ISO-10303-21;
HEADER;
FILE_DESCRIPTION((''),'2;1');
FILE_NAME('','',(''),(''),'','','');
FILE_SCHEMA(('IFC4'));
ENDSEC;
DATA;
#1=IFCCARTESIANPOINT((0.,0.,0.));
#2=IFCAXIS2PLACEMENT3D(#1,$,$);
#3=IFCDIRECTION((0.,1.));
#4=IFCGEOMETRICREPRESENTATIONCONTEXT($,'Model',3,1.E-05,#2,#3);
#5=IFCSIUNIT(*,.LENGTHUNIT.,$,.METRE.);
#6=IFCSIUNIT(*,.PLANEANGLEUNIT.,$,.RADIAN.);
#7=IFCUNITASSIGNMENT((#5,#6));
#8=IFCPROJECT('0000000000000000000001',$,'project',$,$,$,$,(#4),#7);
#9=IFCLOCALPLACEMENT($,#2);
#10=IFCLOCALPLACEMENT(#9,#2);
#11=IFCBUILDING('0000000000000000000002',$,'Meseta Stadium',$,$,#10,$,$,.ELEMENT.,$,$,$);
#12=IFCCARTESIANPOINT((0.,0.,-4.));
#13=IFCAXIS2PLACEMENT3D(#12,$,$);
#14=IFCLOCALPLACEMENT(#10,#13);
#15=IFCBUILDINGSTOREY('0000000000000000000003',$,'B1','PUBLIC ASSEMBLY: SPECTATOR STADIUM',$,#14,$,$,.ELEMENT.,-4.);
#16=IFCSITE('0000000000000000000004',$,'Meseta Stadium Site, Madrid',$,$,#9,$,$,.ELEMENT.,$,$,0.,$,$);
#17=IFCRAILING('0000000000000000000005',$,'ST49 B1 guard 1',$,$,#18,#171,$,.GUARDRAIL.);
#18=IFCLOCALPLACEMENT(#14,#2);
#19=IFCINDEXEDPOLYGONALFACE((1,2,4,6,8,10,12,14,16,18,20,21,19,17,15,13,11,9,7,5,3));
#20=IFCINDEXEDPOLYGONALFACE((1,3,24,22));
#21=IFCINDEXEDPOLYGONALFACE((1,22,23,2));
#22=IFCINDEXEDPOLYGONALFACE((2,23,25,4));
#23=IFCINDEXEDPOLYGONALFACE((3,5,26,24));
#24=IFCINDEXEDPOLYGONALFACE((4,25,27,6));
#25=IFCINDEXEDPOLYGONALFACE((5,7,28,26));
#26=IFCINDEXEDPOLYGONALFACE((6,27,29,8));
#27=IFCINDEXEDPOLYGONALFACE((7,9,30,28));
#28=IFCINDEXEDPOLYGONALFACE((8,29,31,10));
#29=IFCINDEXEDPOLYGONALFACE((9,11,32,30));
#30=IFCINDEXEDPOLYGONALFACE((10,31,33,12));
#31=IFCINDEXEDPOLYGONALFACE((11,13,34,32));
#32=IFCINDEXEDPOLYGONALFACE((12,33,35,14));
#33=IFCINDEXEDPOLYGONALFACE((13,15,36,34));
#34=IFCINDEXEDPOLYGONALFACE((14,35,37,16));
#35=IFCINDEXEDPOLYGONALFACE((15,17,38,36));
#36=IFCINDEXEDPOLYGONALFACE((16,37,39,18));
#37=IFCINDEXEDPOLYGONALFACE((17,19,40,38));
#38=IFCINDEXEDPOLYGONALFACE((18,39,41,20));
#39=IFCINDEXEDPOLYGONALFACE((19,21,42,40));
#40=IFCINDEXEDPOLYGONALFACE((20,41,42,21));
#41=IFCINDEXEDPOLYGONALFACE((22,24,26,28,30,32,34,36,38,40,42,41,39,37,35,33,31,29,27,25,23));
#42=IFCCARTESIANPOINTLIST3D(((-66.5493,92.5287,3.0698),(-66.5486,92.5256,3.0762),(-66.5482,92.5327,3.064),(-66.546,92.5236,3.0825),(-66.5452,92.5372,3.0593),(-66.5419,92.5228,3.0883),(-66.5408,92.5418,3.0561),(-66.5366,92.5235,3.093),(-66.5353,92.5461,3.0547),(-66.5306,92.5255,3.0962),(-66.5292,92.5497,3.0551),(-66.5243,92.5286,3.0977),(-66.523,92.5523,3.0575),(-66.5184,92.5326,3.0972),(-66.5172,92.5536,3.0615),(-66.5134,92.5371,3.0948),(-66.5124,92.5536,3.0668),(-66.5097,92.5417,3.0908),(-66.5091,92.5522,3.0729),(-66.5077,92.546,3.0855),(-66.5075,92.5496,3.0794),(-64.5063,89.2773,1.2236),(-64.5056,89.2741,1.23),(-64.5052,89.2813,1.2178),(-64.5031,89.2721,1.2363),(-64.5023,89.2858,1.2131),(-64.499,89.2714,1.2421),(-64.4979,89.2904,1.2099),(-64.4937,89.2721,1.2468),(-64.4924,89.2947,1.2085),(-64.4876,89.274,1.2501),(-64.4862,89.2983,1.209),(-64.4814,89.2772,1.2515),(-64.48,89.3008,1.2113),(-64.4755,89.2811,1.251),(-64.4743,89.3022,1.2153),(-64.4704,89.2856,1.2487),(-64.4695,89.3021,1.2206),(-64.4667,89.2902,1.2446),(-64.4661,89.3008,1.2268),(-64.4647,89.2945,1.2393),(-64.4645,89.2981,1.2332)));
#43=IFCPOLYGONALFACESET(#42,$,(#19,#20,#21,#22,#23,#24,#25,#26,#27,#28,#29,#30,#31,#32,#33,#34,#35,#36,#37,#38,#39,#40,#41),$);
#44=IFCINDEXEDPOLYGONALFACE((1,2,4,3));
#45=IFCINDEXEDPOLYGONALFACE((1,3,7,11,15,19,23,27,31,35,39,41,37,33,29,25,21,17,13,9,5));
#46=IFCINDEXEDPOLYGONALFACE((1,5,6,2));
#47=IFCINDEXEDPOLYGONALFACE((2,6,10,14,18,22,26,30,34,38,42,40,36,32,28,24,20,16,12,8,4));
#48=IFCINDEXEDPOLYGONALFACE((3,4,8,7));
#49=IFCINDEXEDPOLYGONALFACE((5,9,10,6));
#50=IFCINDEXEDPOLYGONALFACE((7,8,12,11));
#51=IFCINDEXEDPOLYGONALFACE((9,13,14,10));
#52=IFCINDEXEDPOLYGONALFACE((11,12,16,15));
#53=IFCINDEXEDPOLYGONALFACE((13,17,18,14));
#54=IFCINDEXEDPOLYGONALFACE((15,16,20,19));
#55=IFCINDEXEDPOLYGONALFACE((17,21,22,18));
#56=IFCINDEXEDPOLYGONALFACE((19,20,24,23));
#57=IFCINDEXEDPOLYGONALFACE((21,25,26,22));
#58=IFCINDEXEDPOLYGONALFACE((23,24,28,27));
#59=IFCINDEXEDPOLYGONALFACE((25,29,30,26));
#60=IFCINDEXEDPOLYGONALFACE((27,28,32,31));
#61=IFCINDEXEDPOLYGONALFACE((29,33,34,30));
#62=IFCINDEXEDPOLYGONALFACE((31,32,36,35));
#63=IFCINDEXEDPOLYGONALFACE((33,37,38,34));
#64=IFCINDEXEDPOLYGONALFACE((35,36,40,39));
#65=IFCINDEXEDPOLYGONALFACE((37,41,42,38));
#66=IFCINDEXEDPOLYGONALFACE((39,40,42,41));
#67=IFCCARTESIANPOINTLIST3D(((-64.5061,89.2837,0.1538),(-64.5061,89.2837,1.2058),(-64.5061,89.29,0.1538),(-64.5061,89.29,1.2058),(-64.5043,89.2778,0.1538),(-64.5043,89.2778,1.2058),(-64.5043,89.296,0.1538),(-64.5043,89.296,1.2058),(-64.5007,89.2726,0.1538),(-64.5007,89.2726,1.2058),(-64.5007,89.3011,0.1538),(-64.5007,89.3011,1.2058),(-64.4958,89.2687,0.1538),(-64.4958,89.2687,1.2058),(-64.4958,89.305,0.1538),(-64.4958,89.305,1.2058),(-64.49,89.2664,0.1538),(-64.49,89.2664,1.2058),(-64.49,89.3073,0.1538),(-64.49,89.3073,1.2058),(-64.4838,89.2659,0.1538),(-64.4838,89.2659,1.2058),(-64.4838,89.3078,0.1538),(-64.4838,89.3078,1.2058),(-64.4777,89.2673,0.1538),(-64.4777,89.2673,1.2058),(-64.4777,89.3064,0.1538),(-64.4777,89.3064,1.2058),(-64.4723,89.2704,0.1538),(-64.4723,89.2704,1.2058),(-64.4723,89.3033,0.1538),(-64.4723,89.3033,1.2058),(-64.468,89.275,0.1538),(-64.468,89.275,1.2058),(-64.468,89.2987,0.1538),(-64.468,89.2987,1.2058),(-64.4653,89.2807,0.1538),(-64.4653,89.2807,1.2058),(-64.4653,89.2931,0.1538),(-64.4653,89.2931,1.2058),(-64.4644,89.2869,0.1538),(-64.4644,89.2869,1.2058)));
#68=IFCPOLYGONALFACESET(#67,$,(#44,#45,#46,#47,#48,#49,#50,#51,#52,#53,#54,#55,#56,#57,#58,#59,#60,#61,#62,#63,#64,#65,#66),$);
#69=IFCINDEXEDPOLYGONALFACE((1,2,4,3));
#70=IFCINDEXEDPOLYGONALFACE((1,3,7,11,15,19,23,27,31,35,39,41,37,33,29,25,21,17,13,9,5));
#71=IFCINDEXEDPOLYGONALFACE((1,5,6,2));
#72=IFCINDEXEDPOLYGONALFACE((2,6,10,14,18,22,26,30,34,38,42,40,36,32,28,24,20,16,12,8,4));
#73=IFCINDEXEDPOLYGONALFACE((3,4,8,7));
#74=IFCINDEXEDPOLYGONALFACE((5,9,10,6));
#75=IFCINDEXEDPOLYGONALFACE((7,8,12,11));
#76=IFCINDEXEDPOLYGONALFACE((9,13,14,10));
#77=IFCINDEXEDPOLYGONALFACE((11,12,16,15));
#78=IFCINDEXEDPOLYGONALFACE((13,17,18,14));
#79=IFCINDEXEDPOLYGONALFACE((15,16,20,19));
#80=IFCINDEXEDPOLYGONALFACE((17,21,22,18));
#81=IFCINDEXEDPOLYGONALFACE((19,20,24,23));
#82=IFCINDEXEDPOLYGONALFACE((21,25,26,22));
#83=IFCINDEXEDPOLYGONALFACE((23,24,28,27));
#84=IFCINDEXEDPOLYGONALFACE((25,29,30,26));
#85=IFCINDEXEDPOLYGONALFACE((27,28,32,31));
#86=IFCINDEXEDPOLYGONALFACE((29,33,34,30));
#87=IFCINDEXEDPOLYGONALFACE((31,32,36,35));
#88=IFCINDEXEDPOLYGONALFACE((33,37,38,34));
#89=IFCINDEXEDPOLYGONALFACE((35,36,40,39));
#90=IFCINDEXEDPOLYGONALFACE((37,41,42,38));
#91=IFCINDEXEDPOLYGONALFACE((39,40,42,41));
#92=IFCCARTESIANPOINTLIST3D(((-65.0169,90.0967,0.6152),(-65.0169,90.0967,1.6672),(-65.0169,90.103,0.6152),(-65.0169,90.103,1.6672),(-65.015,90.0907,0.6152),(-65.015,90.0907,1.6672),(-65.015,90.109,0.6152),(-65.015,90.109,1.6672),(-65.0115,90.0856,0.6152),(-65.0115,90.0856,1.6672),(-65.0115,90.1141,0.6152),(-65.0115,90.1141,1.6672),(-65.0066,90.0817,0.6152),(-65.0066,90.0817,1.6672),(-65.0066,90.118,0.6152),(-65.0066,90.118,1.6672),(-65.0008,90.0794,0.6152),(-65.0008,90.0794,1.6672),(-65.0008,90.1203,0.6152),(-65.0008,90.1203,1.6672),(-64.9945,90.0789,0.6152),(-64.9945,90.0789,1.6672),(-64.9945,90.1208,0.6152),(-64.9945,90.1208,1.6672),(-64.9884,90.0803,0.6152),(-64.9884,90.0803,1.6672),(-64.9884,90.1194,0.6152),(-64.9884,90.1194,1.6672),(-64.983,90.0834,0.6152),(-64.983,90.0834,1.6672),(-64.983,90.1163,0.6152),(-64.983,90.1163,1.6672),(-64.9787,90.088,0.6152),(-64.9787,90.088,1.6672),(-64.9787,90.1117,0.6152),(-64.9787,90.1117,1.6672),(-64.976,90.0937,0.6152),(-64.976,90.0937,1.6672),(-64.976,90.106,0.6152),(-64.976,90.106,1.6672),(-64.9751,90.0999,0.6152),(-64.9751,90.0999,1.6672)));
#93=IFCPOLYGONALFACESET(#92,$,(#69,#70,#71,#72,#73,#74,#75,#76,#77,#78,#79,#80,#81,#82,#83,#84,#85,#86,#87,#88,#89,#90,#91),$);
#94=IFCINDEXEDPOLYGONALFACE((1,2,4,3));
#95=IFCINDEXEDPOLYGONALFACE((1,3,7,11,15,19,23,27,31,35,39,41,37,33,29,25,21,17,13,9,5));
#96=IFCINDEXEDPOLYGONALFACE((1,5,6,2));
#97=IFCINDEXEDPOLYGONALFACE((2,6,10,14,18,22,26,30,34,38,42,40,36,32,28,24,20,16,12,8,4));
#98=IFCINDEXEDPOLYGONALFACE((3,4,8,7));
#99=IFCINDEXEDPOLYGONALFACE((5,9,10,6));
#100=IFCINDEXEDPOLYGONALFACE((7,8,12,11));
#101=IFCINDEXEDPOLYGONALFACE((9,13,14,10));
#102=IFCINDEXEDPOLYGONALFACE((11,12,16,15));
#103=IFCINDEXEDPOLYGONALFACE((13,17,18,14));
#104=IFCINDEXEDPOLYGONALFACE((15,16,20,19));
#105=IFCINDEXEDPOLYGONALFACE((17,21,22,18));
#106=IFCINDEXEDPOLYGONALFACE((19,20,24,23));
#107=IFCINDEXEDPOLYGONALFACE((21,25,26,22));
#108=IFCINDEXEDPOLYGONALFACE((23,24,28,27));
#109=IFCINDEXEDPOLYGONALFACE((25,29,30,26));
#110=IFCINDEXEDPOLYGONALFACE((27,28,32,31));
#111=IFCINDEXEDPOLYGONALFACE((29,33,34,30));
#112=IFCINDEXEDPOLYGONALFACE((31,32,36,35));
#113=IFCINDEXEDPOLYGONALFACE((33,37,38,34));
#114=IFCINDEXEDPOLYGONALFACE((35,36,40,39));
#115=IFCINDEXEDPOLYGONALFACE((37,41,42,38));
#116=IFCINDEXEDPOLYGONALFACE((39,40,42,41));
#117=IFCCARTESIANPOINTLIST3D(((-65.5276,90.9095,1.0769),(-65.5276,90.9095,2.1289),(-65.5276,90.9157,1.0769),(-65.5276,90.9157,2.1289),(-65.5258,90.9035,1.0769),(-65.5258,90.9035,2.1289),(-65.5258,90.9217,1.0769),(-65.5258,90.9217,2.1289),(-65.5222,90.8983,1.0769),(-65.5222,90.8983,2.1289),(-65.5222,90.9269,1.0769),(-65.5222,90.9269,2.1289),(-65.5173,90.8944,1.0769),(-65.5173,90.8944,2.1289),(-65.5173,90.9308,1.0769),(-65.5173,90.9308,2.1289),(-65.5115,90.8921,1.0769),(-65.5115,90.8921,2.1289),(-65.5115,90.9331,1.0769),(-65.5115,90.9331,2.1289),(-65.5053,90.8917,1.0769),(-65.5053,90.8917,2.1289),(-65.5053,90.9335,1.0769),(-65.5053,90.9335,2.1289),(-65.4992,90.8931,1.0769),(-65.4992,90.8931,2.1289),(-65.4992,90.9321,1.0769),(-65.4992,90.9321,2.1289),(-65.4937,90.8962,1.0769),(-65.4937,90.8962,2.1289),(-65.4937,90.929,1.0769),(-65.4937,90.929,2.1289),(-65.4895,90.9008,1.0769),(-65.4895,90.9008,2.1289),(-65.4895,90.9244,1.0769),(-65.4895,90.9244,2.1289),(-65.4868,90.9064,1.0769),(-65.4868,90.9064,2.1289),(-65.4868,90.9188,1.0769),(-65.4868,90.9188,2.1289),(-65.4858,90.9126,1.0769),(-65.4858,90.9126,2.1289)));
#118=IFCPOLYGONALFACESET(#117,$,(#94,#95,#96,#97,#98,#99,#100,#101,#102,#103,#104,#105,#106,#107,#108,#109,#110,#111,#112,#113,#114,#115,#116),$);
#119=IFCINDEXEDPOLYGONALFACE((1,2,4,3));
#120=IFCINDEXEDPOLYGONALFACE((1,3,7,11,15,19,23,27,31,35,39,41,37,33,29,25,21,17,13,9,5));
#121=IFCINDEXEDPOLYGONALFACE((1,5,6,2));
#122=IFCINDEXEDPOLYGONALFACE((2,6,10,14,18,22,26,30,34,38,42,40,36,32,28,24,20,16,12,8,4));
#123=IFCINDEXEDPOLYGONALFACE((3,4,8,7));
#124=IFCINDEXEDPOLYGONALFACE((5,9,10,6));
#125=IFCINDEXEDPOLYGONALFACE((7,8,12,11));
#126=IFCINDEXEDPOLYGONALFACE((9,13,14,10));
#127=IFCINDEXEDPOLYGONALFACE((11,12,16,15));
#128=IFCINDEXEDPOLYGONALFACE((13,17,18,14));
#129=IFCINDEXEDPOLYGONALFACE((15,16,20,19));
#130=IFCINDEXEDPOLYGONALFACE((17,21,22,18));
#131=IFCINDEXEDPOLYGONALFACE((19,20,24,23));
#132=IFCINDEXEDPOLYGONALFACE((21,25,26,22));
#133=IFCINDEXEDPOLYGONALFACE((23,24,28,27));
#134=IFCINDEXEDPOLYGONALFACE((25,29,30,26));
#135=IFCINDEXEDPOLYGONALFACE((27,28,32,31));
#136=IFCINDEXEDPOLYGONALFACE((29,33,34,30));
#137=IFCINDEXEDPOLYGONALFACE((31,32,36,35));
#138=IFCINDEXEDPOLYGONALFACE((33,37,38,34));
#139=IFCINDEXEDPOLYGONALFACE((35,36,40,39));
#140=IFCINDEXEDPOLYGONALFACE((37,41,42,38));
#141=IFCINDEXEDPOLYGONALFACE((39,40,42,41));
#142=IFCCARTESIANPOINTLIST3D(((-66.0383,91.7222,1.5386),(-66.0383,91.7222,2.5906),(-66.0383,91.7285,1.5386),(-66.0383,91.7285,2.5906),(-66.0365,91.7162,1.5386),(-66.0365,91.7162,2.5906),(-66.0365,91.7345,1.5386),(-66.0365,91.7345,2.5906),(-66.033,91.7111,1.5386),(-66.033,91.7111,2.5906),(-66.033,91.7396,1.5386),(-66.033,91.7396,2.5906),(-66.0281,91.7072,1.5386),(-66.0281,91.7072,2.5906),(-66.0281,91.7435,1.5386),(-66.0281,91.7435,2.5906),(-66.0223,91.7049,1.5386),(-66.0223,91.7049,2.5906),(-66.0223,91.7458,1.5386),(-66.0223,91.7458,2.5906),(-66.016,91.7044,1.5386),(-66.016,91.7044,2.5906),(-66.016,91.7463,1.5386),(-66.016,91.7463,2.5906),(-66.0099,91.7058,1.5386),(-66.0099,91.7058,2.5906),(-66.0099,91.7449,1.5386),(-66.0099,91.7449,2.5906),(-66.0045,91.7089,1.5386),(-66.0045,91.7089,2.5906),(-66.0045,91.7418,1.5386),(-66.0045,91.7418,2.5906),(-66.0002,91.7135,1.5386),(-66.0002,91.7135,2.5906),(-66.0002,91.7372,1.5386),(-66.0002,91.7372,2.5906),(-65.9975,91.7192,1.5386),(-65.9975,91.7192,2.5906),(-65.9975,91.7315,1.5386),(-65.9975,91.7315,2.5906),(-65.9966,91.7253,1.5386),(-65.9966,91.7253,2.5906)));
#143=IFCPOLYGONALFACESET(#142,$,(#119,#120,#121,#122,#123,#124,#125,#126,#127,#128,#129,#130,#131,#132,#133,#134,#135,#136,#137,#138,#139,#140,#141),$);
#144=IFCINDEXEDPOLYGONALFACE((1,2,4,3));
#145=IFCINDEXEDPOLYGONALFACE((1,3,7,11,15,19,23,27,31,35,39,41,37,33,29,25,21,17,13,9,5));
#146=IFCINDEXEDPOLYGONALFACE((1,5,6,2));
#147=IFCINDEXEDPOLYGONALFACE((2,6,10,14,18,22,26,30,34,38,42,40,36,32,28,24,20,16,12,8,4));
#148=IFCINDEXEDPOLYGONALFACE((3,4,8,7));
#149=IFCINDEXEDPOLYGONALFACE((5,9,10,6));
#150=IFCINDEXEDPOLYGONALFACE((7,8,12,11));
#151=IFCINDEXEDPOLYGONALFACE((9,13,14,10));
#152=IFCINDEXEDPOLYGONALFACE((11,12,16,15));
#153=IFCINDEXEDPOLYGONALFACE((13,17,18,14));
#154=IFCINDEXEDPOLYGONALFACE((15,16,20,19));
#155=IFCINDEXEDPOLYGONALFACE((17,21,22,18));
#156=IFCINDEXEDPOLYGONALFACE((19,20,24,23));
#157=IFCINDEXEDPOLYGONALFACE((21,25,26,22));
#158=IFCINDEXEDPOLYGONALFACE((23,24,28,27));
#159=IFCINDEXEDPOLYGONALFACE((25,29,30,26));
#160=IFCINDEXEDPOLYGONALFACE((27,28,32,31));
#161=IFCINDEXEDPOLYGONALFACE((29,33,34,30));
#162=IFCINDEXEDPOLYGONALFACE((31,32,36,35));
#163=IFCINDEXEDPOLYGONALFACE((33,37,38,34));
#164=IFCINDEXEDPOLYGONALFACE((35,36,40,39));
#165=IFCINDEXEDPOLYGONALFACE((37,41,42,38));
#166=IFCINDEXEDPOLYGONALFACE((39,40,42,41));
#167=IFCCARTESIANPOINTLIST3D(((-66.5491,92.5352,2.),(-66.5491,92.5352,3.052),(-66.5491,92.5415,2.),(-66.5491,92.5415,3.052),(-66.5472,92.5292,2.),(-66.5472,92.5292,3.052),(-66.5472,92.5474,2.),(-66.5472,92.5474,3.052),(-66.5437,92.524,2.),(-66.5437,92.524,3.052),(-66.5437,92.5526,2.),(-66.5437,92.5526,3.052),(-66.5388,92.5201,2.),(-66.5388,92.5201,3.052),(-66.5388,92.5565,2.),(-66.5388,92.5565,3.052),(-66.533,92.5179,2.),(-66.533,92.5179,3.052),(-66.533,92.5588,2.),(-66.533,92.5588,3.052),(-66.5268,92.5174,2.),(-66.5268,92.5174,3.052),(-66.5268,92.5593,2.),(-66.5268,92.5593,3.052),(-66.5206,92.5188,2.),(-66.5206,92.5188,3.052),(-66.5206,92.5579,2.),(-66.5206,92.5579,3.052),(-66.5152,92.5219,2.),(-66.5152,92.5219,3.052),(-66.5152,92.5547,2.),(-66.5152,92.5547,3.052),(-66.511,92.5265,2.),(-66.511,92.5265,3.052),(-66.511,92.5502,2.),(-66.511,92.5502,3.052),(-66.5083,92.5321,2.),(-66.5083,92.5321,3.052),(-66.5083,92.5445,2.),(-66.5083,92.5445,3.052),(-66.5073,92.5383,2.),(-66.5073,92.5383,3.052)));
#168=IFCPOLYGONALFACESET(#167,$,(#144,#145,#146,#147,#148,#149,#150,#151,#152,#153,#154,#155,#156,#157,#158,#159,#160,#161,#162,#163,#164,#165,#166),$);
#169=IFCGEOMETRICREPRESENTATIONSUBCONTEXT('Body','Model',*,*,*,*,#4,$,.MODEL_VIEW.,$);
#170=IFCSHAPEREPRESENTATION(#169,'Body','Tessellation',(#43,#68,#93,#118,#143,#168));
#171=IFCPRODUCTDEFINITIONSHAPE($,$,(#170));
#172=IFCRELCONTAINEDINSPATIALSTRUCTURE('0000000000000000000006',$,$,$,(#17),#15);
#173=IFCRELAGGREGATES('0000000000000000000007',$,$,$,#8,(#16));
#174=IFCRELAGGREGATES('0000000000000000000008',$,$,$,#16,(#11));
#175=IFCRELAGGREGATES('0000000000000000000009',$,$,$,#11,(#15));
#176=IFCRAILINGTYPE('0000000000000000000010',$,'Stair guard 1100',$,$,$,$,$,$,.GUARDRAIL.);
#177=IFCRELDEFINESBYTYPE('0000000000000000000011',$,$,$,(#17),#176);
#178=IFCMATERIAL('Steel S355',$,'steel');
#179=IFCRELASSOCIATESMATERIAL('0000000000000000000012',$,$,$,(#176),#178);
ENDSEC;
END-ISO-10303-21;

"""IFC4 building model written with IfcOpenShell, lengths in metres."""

from ifc_helpers import new_model, si_unit, direction, frame, origin, origin_2d, place, context, subcontext, project, spatial, circle, extrude, material, type_object, element, save


model = new_model("IFC4")

# Units and contexts
model_context = context("Model", 3, precision=1e-05, world=origin(), true_north=direction((0.0, 1.0)))
body_context = subcontext(model_context, "Body", "Model", "MODEL_VIEW")
ifc_project = project(units=[si_unit("LENGTHUNIT", "METRE"), si_unit("PLANEANGLEUNIT", "RADIAN")], contexts=[model_context])

# Site, building, storey
site_placement = place(None, origin())
site = spatial("IfcSite", under=ifc_project, at=site_placement, Name="Meseta Stadium Site, Madrid", CompositionType="ELEMENT", RefElevation=0.0)
building_placement = place(site_placement, origin())
building = spatial("IfcBuilding", under=site, at=building_placement, Name="Meseta Stadium", CompositionType="ELEMENT")
storey_placement = place(building_placement, frame((0.0, 0.0, -4.0)))
storey = spatial("IfcBuildingStorey", under=building, at=storey_placement, Name="B1", Description="PUBLIC ASSEMBLY: SPECTATOR STADIUM", CompositionType="ELEMENT", Elevation=-4.0)

# Railing
ifc_material_1 = material(Name="Steel S355", Category="steel")
railing_type_1 = type_object("IfcRailingType", Name="Stair guard 1100", PredefinedType="GUARDRAIL", material=ifc_material_1)
railing_1_placement = place(storey_placement, frame((-64.4854, 89.2869, 0.1538)))
element("IfcRailing", 1, at=railing_1_placement, inside=storey, type_object=railing_type_1, Name="ST49 B1 guard 1", PredefinedType="GUARDRAIL", context=body_context, shape_type="SweptSolid", body=[
    extrude(circle(Radius=0.0239, at=origin_2d()), frame((0.0, 0.0, 1.0762), z_axis=(-0.479483, 0.763117, 0.4333), x_axis=(-0.846731, -0.53202, 0.0)), (0.0, 0.0, 1.0), 4.2607),
    extrude(circle(Radius=0.021, at=origin_2d()), origin(), (0.0, 0.0, 1.0), 1.052),
    extrude(circle(Radius=0.021, at=origin_2d()), frame((-0.5107, 0.813, 0.4614)), (0.0, 0.0, 1.0), 1.052),
    extrude(circle(Radius=0.021, at=origin_2d()), frame((-1.0215, 1.6257, 0.9231)), (0.0, 0.0, 1.0), 1.052),
    extrude(circle(Radius=0.021, at=origin_2d()), frame((-1.5322, 2.4385, 1.3848)), (0.0, 0.0, 1.0), 1.052),
    extrude(circle(Radius=0.021, at=origin_2d()), frame((-2.043, 3.2515, 1.8462)), (0.0, 0.0, 1.0), 1.052),
])

save(model, "model.ifc")
